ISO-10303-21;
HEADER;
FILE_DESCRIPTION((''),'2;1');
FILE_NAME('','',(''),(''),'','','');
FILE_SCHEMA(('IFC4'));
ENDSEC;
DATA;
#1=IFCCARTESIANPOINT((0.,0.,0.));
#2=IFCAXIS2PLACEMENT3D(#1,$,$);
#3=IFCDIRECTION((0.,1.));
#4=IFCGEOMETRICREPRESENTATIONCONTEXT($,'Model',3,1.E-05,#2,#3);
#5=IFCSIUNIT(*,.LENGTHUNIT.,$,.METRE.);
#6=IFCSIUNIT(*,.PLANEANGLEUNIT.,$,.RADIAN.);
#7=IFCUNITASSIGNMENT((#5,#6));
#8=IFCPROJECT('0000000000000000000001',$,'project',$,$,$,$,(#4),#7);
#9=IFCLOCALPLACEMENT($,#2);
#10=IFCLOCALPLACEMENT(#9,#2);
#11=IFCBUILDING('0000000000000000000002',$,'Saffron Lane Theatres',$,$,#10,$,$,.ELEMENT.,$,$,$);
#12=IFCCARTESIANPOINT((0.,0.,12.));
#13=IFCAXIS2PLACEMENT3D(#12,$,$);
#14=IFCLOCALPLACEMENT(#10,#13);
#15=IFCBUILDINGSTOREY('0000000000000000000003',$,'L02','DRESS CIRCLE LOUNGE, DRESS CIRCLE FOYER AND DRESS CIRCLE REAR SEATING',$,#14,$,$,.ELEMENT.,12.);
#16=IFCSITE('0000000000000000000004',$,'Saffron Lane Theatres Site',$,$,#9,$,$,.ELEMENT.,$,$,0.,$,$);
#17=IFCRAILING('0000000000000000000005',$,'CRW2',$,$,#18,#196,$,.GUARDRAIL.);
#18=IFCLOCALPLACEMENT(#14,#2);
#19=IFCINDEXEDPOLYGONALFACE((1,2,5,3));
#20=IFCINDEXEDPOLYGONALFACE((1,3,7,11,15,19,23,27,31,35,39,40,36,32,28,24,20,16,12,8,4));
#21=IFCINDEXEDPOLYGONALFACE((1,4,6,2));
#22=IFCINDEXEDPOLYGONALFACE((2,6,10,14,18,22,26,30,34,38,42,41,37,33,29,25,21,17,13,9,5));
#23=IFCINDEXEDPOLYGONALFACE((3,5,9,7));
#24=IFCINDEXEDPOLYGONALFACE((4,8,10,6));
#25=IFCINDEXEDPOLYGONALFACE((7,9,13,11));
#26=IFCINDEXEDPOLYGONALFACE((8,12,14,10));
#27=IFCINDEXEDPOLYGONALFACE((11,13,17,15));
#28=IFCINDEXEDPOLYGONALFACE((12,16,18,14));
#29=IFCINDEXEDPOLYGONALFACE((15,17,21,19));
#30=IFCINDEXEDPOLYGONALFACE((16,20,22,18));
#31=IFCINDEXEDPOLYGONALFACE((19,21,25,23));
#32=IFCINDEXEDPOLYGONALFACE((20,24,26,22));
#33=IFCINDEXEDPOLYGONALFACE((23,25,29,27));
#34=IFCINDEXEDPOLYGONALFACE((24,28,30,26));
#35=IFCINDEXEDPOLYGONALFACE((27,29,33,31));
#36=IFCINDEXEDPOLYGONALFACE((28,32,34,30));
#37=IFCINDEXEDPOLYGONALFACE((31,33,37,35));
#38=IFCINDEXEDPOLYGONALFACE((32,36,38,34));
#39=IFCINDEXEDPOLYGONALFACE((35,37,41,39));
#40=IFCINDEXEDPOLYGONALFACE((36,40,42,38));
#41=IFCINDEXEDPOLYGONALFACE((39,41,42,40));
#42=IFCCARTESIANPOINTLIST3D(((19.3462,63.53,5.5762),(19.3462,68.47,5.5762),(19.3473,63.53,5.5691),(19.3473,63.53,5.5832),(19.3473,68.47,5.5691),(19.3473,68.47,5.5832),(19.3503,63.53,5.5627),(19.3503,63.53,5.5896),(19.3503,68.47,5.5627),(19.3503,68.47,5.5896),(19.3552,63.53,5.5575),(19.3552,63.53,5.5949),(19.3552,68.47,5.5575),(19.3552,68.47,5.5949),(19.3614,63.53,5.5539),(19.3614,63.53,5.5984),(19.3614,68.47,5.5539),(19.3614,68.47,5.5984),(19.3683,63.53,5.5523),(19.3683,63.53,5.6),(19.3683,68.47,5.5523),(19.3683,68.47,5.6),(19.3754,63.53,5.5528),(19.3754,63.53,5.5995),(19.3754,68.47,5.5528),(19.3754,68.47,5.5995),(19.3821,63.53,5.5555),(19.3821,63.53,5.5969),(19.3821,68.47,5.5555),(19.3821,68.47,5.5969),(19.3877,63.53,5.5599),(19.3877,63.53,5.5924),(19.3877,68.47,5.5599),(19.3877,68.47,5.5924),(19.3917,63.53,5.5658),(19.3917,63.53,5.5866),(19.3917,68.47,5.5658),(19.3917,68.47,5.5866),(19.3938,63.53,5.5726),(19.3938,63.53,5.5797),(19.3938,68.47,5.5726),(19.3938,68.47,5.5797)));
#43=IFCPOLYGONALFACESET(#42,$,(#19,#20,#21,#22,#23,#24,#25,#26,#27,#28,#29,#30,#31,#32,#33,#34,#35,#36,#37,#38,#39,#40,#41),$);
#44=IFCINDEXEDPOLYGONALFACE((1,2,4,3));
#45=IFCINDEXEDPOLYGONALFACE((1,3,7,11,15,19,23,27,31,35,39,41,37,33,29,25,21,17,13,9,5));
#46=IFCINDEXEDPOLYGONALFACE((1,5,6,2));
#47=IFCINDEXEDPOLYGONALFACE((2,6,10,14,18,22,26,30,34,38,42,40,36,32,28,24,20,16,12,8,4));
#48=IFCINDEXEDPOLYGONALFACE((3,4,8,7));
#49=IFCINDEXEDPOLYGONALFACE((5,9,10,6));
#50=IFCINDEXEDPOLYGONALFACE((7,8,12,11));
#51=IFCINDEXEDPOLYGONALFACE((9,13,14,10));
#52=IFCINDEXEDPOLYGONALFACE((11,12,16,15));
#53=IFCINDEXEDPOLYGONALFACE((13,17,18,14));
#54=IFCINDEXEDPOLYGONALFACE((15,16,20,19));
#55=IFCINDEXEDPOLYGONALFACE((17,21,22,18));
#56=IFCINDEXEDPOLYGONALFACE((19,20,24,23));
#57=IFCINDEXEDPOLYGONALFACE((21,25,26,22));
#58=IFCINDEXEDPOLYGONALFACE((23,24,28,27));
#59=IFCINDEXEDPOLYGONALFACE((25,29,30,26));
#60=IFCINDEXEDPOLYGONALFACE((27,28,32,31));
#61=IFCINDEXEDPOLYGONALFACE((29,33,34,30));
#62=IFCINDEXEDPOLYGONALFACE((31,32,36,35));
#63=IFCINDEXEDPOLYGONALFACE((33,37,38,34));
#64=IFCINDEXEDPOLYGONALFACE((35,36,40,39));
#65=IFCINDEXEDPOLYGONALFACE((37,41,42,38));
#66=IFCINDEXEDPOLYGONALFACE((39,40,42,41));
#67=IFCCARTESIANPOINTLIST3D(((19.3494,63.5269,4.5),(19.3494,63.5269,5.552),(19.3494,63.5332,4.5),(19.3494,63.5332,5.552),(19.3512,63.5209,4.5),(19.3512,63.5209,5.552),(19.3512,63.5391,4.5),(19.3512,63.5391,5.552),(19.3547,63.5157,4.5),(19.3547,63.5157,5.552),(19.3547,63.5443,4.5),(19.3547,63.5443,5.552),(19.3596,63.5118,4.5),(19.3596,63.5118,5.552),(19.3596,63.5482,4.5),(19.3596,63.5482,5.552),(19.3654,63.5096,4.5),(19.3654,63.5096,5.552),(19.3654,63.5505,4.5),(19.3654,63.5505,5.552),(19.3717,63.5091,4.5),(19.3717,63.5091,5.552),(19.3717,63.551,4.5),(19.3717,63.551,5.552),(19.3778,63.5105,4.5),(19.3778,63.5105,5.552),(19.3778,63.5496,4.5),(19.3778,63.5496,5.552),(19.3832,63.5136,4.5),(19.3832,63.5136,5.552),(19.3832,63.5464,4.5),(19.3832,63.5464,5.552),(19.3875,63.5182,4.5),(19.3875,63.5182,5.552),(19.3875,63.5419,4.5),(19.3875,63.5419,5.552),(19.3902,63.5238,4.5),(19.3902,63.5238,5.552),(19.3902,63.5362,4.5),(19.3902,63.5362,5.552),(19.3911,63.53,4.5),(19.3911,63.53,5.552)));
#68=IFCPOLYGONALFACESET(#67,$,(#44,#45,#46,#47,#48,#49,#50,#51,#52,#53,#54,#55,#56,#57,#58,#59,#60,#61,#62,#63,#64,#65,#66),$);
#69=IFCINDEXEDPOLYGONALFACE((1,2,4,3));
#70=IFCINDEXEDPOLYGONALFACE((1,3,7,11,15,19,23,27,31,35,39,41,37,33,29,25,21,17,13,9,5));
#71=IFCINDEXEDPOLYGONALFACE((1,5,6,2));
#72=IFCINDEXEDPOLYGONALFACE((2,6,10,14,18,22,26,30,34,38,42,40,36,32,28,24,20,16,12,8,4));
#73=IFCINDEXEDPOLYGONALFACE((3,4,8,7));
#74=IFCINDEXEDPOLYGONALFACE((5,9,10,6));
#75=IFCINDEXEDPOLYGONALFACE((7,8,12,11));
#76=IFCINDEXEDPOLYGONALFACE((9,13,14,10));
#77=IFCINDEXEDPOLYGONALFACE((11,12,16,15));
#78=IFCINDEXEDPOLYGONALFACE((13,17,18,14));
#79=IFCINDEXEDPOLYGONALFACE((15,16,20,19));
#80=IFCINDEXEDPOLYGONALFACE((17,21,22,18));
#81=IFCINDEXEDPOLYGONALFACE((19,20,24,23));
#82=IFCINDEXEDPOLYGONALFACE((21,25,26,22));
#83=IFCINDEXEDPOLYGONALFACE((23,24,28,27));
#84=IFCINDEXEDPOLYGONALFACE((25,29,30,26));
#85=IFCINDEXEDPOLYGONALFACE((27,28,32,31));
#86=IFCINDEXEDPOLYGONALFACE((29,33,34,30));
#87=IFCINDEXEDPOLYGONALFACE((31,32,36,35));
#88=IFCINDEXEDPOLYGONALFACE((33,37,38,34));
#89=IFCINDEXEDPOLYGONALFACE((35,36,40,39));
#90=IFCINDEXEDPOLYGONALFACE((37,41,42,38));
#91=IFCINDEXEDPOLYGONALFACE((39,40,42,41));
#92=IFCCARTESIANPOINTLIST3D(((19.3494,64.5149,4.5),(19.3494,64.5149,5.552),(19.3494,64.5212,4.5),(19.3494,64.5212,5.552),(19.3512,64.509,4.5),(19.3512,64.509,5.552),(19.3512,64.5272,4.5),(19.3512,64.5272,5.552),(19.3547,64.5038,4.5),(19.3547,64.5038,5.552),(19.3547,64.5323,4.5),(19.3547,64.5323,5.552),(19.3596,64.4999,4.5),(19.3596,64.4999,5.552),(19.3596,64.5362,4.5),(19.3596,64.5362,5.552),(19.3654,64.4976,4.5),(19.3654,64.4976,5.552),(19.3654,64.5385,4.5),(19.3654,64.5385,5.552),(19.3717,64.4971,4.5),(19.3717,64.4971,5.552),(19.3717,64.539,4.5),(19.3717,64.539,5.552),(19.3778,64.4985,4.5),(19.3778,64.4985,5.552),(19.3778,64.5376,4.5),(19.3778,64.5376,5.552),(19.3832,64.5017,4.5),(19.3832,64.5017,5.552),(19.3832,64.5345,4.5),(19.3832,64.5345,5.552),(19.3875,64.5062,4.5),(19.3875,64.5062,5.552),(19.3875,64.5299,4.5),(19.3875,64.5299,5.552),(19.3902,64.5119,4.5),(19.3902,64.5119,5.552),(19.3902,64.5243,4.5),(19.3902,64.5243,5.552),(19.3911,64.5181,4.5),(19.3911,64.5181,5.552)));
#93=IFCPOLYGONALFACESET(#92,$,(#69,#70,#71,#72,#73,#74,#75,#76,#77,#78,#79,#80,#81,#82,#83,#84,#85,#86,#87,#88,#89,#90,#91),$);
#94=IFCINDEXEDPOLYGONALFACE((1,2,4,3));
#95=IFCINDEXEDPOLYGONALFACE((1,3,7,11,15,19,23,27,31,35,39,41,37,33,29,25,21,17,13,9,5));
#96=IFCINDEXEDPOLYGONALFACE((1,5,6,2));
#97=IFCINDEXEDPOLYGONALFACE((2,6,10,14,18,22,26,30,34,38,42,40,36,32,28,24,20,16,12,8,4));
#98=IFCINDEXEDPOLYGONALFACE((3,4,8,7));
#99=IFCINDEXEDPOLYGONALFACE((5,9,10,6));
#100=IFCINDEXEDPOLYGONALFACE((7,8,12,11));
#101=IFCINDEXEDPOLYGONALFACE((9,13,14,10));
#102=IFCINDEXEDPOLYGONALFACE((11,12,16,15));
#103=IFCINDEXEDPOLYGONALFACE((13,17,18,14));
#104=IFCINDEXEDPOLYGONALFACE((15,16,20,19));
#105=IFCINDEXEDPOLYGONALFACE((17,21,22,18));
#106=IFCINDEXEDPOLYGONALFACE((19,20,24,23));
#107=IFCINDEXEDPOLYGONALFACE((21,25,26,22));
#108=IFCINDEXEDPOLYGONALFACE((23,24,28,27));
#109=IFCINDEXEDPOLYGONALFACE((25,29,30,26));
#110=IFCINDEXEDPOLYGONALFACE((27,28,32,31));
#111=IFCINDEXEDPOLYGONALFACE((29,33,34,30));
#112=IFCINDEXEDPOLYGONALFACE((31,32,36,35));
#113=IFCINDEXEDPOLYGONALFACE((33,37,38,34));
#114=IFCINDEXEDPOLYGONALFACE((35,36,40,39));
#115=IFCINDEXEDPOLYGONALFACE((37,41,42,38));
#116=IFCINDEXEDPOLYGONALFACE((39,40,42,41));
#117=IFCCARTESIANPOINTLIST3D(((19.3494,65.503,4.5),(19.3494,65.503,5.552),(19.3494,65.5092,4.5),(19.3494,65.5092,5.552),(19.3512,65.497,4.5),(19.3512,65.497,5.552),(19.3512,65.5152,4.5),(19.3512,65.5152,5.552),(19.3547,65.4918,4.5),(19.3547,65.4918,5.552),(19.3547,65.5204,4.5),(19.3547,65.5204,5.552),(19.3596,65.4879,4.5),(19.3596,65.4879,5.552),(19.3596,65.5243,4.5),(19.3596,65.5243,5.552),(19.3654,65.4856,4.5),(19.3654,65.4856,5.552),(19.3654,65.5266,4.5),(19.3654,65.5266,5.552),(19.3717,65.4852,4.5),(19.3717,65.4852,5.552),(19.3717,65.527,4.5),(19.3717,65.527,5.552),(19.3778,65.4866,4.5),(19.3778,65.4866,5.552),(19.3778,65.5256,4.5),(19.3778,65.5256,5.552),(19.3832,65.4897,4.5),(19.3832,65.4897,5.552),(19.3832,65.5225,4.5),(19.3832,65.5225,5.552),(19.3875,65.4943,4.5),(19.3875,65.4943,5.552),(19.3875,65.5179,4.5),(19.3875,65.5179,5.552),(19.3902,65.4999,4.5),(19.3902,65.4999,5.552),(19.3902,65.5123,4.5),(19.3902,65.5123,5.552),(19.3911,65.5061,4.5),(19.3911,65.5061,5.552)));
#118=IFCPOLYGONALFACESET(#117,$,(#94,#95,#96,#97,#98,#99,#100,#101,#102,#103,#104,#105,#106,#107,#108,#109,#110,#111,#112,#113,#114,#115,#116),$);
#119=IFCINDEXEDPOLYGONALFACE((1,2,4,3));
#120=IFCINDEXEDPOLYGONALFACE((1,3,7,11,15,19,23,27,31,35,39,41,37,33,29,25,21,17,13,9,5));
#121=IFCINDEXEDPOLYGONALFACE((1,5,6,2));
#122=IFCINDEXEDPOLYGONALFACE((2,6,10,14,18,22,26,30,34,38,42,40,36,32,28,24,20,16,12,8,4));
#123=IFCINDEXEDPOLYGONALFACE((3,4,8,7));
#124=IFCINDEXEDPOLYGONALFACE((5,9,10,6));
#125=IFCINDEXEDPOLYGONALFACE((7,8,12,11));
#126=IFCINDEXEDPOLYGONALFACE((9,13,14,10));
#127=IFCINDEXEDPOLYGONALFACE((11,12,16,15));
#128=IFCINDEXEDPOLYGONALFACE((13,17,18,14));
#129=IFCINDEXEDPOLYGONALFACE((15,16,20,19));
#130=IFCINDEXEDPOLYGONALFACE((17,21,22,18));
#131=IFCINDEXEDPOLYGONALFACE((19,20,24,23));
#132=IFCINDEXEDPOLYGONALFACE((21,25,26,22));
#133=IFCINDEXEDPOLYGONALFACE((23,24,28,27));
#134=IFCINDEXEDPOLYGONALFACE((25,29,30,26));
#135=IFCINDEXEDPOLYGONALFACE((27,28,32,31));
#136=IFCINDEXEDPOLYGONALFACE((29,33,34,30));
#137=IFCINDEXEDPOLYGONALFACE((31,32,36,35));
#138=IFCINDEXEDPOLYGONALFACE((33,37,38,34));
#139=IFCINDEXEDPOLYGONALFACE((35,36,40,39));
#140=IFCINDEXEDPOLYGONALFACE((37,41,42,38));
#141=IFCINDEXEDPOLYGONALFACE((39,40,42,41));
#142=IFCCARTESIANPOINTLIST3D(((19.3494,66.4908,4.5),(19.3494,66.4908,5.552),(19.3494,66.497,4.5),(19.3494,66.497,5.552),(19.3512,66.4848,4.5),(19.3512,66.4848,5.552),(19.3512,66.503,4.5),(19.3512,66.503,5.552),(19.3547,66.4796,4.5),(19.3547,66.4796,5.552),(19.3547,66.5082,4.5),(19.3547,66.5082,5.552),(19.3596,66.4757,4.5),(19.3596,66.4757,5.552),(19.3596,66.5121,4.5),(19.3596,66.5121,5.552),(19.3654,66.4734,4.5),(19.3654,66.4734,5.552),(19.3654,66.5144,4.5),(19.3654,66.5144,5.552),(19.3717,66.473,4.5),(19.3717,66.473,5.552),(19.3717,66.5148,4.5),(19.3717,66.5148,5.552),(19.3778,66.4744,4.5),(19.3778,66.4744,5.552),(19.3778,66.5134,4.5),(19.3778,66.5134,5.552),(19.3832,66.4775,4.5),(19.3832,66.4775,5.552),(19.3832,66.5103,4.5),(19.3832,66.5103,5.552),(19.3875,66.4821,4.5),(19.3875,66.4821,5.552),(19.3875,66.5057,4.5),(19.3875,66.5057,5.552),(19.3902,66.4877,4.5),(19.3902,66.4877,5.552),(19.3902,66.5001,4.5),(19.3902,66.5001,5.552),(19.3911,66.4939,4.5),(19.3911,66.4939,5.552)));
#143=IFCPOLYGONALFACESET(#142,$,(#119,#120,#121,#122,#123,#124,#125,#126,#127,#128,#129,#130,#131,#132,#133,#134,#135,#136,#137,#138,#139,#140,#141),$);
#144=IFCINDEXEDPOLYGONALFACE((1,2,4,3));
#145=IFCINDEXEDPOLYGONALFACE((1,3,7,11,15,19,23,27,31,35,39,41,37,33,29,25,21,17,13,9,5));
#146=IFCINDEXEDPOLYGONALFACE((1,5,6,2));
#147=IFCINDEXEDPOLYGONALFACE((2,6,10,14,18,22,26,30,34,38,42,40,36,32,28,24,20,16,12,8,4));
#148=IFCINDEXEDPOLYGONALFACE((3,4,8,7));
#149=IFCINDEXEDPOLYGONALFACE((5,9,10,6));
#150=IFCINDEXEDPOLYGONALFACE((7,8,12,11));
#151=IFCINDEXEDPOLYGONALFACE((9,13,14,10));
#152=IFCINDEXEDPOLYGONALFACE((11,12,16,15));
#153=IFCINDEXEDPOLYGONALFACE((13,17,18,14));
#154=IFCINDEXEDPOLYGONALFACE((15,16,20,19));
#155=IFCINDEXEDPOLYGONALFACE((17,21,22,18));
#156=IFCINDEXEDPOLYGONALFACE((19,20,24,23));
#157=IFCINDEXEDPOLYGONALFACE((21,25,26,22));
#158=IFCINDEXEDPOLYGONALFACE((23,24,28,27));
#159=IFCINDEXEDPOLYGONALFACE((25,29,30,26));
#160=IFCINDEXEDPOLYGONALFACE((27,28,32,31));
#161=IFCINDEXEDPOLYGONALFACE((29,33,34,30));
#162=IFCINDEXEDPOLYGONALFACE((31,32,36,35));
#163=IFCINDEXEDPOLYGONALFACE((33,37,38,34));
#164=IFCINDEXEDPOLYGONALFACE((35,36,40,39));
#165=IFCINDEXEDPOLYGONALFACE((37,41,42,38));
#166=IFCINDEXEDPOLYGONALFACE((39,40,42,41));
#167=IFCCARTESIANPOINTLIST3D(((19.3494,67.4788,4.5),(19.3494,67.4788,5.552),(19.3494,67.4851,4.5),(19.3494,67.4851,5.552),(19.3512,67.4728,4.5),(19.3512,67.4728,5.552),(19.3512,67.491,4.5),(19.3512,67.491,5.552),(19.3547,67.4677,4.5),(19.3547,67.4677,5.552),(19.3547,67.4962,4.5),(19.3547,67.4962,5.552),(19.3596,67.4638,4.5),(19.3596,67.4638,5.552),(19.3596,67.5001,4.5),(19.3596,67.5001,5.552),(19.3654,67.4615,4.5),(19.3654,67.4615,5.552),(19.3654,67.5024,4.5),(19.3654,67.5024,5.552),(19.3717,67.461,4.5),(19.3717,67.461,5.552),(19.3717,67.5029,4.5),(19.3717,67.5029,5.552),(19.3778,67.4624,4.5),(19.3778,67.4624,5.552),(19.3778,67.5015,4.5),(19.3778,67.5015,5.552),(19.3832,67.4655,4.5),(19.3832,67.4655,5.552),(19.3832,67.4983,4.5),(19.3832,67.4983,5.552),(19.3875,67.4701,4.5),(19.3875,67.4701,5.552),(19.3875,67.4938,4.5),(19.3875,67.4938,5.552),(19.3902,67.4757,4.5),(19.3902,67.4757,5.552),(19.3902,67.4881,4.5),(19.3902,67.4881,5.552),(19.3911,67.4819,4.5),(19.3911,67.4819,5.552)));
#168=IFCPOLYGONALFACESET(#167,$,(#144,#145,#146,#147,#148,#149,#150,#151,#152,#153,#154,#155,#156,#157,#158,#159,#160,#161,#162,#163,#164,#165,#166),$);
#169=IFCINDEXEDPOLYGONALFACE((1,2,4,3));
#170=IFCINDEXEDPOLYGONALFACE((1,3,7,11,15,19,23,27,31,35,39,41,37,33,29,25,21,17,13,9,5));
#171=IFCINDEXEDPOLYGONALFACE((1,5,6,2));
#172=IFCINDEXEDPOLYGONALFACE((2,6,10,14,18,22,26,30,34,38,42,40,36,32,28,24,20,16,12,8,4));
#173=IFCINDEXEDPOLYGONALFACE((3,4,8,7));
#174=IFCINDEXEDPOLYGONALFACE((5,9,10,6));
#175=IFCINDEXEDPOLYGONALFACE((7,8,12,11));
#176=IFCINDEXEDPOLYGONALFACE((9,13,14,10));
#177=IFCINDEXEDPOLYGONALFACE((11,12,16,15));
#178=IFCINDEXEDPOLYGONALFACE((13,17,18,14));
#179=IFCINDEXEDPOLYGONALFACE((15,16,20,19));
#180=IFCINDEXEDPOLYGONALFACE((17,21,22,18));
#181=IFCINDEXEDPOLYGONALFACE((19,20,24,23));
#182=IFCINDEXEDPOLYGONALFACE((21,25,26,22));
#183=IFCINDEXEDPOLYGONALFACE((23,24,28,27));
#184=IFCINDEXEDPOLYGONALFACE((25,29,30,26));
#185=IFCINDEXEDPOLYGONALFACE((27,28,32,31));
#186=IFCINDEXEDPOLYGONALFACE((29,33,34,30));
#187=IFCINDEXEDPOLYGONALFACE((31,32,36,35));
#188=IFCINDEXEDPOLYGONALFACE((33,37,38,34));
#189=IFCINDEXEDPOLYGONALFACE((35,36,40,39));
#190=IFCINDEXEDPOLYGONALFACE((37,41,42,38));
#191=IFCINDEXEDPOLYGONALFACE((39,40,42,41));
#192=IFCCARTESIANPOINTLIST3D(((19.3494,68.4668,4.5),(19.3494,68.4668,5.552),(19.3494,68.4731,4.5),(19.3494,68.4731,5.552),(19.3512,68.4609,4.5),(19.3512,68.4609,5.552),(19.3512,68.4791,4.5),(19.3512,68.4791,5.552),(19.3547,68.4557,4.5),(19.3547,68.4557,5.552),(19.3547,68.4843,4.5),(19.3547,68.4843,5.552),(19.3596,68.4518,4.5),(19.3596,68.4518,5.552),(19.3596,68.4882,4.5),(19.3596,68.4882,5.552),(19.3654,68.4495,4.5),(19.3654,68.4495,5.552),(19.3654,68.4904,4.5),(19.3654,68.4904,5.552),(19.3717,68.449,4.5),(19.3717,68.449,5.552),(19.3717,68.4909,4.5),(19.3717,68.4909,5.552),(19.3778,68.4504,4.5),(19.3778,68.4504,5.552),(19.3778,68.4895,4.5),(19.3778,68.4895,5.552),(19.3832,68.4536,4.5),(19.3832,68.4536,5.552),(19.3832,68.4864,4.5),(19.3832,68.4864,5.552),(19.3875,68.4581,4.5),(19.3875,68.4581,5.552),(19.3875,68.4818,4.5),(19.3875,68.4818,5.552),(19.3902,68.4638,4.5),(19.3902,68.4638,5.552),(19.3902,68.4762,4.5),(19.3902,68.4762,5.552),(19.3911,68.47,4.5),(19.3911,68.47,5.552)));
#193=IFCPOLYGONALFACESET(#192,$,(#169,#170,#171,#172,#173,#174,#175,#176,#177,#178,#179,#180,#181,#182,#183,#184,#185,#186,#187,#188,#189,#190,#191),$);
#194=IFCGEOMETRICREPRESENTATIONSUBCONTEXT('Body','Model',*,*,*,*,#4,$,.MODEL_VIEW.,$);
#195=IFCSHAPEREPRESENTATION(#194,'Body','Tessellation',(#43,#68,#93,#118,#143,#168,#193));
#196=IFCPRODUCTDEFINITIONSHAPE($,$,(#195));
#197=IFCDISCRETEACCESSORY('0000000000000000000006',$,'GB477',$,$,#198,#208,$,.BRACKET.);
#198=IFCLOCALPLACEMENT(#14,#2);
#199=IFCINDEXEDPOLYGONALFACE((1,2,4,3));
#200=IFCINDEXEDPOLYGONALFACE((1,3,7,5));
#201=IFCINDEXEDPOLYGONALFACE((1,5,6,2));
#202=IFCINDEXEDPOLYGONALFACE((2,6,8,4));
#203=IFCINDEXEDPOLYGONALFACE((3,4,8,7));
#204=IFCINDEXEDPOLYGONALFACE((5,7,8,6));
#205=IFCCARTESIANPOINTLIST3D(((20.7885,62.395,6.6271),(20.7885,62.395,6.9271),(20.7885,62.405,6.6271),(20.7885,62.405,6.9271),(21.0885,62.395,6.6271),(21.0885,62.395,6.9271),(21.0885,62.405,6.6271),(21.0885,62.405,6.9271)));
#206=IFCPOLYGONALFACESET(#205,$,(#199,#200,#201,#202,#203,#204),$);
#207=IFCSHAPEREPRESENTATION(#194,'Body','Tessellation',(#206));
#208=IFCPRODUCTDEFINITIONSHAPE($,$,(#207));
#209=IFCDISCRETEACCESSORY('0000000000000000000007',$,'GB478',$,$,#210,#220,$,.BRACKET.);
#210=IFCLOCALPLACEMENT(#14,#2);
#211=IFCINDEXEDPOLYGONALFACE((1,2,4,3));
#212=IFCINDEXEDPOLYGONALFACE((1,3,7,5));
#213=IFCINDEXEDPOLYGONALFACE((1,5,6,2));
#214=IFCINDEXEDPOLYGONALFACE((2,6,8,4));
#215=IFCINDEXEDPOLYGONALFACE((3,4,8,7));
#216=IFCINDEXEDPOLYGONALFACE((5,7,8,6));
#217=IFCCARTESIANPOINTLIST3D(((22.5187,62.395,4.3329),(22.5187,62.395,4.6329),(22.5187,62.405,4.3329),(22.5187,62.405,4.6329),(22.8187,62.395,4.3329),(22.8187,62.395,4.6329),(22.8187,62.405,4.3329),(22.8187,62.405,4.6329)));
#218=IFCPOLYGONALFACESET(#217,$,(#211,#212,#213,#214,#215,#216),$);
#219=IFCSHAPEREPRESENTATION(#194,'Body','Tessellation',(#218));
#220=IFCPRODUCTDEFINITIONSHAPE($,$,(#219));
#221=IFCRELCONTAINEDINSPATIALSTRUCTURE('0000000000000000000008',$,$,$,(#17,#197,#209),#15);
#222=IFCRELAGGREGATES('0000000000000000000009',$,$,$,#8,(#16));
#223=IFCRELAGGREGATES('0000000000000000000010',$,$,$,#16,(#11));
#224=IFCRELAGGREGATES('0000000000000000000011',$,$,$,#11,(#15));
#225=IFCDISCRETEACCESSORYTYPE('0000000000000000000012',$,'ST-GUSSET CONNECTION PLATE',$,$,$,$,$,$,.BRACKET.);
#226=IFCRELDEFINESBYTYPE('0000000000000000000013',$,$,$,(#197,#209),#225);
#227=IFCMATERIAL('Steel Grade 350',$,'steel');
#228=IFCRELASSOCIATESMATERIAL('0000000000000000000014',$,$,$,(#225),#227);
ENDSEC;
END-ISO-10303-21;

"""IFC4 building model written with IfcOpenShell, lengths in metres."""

from ifc_helpers import new_model, si_unit, direction, frame, origin, origin_2d, place, context, subcontext, project, spatial, rectangle, circle, extrude, material, material_profile, profile_set, type_object, element, save


model = new_model("IFC4")

# Units and contexts
model_context = context("Model", 3, precision=1e-05, world=origin(), true_north=direction((0.0, 1.0)))
body_context = subcontext(model_context, "Body", "Model", "MODEL_VIEW")
ifc_project = project(units=[si_unit("LENGTHUNIT", "METRE"), si_unit("PLANEANGLEUNIT", "RADIAN")], contexts=[model_context])

# Site, building, storey
site_placement = place(None, origin())
site = spatial("IfcSite", under=ifc_project, at=site_placement, Name="Saffron Lane Theatres Site", CompositionType="ELEMENT", RefElevation=0.0)
building_placement = place(site_placement, origin())
building = spatial("IfcBuilding", under=site, at=building_placement, Name="Saffron Lane Theatres", CompositionType="ELEMENT")
storey_placement = place(building_placement, frame((0.0, 0.0, 12.0)))
storey = spatial("IfcBuildingStorey", under=building, at=storey_placement, Name="L02", Description="DRESS CIRCLE LOUNGE, DRESS CIRCLE FOYER AND DRESS CIRCLE REAR SEATING", CompositionType="ELEMENT", Elevation=12.0)

# Railing
railing_1_placement = place(storey_placement, frame((19.3701, 63.53, 4.5)))
element("IfcRailing", 1, at=railing_1_placement, inside=storey, Name="CRW2", PredefinedType="GUARDRAIL", context=body_context, shape_type="SweptSolid", body=[
    extrude(circle(Radius=0.0239, at=origin_2d()), frame((0.0, 0.0, 1.0762), z_axis=(0.0, 1.0, 0.0), x_axis=(-1.0, 0.0, 0.0)), (0.0, 0.0, 1.0), 4.9399),
    extrude(circle(Radius=0.021, at=origin_2d()), origin(), (0.0, 0.0, 1.0), 1.052),
    extrude(circle(Radius=0.021, at=origin_2d()), frame((0.0, 0.988, 0.0)), (0.0, 0.0, 1.0), 1.052),
    extrude(circle(Radius=0.021, at=origin_2d()), frame((0.0, 1.9761, 0.0)), (0.0, 0.0, 1.0), 1.052),
    extrude(circle(Radius=0.021, at=origin_2d()), frame((0.0, 2.9639, 0.0)), (0.0, 0.0, 1.0), 1.052),
    extrude(circle(Radius=0.021, at=origin_2d()), frame((0.0, 3.9519, 0.0)), (0.0, 0.0, 1.0), 1.052),
    extrude(circle(Radius=0.021, at=origin_2d()), frame((0.0, 4.9399, 0.0)), (0.0, 0.0, 1.0), 1.052),
])

# Discrete accessories
ifc_material_1 = material(Name="Steel Grade 350", Category="steel")
ifc_material_profile_1 = material_profile(ifc_material_1, rectangle(XDim=0.3, YDim=0.3, at=origin_2d()))
ifc_profile_set_1 = profile_set([ifc_material_profile_1], Name="Steel Grade 350")
discrete_accessory_type_1 = type_object("IfcDiscreteAccessoryType", Name="ST-GUSSET CONNECTION PLATE", PredefinedType="BRACKET", material=ifc_profile_set_1)
for number, where, z_axis, x_axis, name in (
    (2, (20.9385, 62.395, 6.7771), (0.0, 1.0, 0.0), (-1.0, 0.0, 0.0), "GB477"),
    (3, (22.6687, 62.395, 4.4829), (0.0, 1.0, 0.0), (-1.0, 0.0, 0.0), "GB478"),
):
    element("IfcDiscreteAccessory", number, at=place(storey_placement, frame(where, z_axis=z_axis, x_axis=x_axis)), inside=storey, type_object=discrete_accessory_type_1, Name=name, PredefinedType="BRACKET", context=body_context, shape_type="SweptSolid", body=[
        extrude(rectangle(XDim=0.3, YDim=0.3, at=origin_2d()), origin(), (0.0, 0.0, 1.0), 0.01),
    ])

save(model, "model.ifc")
